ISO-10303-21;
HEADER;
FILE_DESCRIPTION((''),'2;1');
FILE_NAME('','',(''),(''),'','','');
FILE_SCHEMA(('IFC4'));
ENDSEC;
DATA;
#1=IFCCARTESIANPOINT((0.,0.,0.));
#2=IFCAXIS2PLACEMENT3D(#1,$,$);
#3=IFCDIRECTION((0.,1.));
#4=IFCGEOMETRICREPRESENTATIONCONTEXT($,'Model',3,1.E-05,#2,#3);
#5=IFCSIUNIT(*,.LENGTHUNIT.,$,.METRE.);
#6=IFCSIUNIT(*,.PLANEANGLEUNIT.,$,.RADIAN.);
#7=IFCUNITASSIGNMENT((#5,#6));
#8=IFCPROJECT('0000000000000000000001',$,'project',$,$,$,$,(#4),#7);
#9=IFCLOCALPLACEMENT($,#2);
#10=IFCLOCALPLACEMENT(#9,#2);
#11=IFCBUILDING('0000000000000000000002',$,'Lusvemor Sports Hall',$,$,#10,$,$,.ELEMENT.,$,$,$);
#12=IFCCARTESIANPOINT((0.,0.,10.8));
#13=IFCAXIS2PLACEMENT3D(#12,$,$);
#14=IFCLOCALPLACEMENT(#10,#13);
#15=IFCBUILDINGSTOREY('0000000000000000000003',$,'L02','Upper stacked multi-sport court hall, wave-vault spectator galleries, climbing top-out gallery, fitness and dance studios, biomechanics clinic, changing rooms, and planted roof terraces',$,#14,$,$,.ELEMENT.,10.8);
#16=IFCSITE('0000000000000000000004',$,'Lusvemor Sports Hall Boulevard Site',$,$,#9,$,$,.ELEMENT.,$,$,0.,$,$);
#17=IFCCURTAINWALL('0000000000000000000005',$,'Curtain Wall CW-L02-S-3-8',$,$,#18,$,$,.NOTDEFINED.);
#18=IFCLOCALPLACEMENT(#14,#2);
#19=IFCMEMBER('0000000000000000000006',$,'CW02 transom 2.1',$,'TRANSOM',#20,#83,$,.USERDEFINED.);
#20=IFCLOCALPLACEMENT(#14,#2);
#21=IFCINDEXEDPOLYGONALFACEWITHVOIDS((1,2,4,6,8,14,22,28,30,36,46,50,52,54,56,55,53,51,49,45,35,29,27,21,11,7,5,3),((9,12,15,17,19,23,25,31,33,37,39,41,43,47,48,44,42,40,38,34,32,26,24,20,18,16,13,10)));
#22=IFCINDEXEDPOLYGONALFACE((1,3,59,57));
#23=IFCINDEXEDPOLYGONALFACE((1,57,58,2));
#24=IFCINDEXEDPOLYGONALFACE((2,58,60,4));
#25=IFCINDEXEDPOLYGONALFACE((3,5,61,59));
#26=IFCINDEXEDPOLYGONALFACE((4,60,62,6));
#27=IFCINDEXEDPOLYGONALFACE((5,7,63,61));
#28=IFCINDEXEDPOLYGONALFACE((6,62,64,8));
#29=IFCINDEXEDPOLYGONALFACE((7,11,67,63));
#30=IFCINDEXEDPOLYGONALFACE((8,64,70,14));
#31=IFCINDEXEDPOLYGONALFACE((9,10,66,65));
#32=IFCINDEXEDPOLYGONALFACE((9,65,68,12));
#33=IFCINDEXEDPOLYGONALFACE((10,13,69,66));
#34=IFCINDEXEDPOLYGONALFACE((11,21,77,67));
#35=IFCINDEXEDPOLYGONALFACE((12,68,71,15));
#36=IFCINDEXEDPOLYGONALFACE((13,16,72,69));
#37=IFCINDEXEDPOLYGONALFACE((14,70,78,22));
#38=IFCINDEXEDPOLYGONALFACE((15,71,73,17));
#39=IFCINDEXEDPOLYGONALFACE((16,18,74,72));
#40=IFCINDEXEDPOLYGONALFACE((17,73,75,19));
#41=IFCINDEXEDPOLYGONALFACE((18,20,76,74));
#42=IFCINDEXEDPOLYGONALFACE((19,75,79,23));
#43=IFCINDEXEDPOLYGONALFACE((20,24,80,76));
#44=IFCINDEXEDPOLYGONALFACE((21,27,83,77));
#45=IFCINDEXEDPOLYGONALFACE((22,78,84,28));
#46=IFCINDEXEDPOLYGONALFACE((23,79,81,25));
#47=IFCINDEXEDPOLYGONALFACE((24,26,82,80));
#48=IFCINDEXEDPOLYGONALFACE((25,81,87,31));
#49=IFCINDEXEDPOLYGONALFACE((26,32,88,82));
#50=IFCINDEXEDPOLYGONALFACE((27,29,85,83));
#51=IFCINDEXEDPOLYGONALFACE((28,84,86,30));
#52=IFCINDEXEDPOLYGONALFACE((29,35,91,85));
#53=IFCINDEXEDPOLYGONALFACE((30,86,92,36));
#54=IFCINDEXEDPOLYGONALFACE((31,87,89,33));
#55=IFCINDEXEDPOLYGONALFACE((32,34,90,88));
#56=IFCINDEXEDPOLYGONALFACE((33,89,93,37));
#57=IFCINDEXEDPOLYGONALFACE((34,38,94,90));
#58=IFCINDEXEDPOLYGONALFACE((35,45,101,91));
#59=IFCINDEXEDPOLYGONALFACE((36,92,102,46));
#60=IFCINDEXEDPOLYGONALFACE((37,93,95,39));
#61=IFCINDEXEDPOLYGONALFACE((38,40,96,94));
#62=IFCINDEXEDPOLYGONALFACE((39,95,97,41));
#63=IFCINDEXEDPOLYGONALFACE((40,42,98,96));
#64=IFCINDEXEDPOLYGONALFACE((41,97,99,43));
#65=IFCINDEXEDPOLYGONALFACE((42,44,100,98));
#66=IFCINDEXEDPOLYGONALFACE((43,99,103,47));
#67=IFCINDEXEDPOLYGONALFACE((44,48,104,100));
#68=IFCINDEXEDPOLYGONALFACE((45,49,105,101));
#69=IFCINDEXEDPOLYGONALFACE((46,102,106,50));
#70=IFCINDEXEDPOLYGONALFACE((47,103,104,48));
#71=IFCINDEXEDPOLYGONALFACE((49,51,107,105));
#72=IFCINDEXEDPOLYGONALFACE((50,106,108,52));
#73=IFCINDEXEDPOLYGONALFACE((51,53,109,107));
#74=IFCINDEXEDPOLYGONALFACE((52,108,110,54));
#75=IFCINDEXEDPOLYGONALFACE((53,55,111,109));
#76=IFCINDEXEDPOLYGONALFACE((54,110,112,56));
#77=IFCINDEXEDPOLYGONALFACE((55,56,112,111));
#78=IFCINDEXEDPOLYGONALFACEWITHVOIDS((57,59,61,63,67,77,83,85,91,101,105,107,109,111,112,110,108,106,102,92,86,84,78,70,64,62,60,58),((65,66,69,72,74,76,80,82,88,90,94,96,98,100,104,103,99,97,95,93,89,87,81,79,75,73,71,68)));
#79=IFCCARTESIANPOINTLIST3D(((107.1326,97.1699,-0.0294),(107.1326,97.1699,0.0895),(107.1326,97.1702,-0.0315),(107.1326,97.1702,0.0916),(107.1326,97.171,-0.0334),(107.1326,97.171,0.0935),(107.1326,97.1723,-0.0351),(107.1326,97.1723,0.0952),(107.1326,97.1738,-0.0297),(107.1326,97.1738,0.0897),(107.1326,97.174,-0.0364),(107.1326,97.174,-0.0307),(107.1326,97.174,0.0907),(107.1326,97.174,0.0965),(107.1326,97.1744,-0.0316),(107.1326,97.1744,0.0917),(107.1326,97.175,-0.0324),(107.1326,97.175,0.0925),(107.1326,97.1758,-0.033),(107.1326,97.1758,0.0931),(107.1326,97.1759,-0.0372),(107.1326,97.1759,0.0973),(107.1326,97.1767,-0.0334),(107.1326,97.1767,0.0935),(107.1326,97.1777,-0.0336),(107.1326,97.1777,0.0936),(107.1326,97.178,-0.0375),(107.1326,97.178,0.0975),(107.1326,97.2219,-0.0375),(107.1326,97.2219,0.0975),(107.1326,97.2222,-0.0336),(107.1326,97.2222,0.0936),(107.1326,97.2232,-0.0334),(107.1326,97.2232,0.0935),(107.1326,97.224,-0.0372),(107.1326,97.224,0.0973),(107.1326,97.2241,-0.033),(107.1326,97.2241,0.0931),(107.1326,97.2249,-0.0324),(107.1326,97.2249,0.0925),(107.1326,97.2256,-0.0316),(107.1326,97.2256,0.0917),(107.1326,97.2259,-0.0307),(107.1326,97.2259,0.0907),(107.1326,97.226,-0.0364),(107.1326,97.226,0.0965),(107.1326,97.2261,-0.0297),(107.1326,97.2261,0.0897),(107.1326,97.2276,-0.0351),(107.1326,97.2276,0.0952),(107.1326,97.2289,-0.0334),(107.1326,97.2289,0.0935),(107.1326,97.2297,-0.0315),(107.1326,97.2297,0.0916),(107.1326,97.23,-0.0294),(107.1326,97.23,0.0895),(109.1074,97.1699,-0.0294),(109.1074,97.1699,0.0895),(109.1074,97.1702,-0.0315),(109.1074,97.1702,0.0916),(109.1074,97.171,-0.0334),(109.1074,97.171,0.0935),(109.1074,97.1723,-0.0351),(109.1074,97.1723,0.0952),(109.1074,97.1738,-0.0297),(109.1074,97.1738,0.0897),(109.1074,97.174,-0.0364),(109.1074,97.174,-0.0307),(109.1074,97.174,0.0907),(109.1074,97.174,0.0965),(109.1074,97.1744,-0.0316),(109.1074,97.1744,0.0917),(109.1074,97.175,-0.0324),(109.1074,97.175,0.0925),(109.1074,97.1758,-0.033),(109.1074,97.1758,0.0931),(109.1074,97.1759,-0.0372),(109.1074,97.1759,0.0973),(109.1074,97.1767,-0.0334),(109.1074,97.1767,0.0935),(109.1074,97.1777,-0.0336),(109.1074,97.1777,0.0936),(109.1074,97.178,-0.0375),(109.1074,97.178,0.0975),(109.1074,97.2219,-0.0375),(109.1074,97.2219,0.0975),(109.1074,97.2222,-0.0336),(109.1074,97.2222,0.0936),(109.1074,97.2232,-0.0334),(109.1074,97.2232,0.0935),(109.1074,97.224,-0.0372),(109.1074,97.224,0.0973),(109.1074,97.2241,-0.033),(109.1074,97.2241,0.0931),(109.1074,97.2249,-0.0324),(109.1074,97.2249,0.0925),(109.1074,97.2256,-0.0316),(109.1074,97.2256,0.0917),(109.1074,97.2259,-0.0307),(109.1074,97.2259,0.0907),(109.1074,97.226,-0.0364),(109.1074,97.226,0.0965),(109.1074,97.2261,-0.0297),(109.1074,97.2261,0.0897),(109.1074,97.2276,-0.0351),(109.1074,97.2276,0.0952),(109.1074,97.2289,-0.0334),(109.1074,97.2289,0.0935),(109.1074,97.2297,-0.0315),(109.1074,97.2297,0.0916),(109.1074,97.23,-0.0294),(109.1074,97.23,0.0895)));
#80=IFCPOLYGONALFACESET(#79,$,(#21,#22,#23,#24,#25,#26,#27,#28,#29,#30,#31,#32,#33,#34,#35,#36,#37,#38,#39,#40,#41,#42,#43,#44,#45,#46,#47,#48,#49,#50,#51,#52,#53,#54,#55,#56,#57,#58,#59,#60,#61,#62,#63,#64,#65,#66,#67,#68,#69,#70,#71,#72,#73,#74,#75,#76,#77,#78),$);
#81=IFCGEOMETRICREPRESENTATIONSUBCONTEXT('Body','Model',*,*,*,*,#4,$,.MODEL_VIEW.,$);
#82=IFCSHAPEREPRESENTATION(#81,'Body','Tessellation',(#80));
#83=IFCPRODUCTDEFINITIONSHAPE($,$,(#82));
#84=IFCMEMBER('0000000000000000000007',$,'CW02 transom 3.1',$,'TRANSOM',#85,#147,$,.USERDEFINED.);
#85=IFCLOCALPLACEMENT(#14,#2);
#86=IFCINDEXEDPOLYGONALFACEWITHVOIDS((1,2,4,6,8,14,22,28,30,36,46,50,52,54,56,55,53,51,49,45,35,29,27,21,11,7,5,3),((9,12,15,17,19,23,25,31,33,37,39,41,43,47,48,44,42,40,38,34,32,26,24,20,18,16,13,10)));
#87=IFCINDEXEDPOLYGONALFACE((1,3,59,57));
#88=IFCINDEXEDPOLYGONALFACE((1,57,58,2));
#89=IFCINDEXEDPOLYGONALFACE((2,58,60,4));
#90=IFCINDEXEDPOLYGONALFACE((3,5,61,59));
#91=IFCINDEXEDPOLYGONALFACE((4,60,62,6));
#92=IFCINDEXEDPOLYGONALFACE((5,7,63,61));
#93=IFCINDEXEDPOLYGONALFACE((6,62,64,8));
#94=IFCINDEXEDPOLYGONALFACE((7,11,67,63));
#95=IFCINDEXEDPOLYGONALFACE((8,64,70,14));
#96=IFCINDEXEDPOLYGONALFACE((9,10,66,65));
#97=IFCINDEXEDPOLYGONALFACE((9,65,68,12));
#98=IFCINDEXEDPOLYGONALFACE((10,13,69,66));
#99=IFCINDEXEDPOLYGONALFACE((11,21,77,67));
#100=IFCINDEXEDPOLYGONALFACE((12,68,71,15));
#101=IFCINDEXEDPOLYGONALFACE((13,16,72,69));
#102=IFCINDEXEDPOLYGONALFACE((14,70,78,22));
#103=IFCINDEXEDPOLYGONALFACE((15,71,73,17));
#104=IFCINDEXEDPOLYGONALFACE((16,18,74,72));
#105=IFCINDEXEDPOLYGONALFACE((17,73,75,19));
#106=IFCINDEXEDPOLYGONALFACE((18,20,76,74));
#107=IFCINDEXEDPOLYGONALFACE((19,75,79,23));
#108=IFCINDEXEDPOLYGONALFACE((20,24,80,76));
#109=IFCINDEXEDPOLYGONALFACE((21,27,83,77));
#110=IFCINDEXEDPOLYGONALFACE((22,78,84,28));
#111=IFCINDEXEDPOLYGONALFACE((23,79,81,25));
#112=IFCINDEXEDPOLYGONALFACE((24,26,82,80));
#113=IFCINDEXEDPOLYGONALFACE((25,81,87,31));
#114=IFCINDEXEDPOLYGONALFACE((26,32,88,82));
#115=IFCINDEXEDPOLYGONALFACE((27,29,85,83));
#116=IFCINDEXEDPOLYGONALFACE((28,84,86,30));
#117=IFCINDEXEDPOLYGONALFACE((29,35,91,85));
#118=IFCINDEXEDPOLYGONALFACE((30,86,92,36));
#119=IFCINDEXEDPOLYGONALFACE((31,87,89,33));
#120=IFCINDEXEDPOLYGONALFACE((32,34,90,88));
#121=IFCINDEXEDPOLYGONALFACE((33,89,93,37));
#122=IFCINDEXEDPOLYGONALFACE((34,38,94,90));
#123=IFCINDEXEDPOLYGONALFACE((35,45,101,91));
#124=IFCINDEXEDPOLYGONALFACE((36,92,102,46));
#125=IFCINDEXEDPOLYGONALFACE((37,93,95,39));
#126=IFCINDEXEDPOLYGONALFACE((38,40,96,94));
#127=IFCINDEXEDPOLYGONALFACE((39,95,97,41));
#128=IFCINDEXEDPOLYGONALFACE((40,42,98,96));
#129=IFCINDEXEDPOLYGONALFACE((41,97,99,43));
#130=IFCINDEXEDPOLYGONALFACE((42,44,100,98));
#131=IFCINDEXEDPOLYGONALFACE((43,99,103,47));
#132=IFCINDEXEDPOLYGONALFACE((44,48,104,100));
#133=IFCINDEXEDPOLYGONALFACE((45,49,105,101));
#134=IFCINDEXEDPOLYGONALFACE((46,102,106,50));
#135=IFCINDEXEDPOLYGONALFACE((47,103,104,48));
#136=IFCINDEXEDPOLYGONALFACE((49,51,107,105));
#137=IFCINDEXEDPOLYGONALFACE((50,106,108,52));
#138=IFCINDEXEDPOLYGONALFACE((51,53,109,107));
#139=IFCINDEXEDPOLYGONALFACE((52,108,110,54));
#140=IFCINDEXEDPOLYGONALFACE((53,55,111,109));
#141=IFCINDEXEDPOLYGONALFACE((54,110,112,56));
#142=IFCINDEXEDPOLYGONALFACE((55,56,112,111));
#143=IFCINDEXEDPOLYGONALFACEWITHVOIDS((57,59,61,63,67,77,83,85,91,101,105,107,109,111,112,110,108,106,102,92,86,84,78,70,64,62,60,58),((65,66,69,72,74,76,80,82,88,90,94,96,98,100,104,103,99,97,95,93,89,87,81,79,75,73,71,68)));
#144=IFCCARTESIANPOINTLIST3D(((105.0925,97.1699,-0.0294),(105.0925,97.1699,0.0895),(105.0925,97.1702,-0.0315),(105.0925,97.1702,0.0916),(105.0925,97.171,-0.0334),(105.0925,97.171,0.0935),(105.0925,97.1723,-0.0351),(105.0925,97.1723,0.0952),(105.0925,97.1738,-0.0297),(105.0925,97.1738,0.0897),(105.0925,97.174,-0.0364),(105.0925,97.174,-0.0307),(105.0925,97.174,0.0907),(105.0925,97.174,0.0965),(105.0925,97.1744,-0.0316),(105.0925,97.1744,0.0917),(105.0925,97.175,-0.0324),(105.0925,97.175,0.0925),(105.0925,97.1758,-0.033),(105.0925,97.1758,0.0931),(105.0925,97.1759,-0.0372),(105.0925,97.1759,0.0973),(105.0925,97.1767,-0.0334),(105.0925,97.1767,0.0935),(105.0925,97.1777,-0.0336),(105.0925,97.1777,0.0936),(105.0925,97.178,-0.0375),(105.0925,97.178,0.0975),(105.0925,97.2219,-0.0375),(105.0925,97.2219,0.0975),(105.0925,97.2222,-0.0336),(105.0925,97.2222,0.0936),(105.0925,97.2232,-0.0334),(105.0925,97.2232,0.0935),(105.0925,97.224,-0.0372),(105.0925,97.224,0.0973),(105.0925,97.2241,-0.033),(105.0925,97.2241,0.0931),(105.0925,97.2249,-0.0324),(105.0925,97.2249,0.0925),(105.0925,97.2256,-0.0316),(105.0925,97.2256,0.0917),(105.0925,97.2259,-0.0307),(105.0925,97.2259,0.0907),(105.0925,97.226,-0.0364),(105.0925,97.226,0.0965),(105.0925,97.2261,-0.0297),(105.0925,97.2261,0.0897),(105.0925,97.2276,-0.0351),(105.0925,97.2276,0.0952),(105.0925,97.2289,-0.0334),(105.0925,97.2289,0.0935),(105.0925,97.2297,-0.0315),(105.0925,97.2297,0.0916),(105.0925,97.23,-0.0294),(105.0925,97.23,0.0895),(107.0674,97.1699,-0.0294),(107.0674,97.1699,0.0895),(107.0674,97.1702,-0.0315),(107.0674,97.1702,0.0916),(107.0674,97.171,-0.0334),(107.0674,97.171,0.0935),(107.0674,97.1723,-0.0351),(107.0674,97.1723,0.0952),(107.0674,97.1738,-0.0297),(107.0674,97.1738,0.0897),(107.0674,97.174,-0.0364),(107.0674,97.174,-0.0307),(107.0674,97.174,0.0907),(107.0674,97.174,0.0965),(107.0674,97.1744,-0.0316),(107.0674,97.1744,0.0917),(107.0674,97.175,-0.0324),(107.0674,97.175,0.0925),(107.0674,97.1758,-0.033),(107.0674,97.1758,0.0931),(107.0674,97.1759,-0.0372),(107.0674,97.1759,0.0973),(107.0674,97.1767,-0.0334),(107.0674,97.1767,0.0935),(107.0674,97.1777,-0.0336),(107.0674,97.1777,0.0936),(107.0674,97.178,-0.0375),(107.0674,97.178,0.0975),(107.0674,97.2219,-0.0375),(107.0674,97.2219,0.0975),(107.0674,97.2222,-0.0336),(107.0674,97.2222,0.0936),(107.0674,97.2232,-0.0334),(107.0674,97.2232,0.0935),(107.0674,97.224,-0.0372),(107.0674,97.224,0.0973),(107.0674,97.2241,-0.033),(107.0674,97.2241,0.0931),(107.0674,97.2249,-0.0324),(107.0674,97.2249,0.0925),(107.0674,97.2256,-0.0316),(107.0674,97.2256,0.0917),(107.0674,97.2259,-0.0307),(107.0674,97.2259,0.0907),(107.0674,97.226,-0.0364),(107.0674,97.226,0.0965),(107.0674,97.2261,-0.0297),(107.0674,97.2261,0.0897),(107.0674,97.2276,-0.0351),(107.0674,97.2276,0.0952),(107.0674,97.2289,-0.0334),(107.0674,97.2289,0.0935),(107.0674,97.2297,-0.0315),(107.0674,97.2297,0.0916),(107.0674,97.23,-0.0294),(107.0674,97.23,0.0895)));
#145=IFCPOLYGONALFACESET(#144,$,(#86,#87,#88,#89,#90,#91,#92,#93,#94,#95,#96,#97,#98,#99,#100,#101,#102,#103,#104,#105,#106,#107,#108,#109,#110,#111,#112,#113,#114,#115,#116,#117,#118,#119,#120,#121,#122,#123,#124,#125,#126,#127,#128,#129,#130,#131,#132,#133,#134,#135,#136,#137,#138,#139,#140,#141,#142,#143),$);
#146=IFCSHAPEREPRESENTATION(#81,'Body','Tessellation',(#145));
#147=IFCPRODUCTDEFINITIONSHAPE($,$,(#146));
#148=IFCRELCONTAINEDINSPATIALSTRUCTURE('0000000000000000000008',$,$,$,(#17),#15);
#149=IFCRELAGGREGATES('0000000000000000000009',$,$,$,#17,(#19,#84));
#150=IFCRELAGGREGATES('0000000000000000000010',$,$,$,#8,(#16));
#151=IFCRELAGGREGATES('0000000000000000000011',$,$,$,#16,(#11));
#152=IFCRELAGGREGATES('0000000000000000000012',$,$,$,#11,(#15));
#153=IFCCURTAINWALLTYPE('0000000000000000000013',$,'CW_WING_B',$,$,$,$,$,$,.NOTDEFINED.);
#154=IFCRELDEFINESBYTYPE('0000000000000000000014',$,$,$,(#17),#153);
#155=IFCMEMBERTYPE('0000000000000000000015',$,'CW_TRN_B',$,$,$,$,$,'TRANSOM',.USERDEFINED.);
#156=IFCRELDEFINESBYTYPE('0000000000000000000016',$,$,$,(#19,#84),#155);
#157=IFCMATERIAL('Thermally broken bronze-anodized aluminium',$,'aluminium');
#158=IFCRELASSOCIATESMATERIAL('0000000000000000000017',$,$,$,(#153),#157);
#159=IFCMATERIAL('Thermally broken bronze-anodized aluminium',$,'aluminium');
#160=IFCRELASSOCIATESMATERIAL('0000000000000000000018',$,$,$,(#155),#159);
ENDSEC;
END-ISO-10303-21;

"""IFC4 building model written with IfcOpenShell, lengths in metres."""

from ifc_helpers import new_model, si_unit, direction, frame, origin, origin_2d, place, context, subcontext, project, spatial, hollow_rectangle, extrude, material, material_profile, profile_set, type_object, element, aggregate, save


model = new_model("IFC4")

# Units and contexts
model_context = context("Model", 3, precision=1e-05, world=origin(), true_north=direction((0.0, 1.0)))
body_context = subcontext(model_context, "Body", "Model", "MODEL_VIEW")
ifc_project = project(units=[si_unit("LENGTHUNIT", "METRE"), si_unit("PLANEANGLEUNIT", "RADIAN")], contexts=[model_context])

# Site, building, storey
site_placement = place(None, origin())
site = spatial("IfcSite", under=ifc_project, at=site_placement, Name="Lusvemor Sports Hall Boulevard Site", CompositionType="ELEMENT", RefElevation=0.0)
building_placement = place(site_placement, origin())
building = spatial("IfcBuilding", under=site, at=building_placement, Name="Lusvemor Sports Hall", CompositionType="ELEMENT")
storey_placement = place(building_placement, frame((0.0, 0.0, 10.8)))
storey = spatial("IfcBuildingStorey", under=building, at=storey_placement, Name="L02", Description="Upper stacked multi-sport court hall, wave-vault spectator galleries, climbing top-out gallery, fitness and dance studios, biomechanics clinic, changing rooms, and planted roof terraces", CompositionType="ELEMENT", Elevation=10.8)

# Curtain wall
ifc_material_1 = material(Name="Thermally broken bronze-anodized aluminium", Category="aluminium")
curtain_wall_type = type_object("IfcCurtainWallType", Name="CW_WING_B", PredefinedType="NOTDEFINED", material=ifc_material_1)
curtain_wall_1_placement = place(storey_placement, origin())
curtain_wall_1 = element("IfcCurtainWall", 1, at=curtain_wall_1_placement, inside=storey, type_object=curtain_wall_type, Name="Curtain Wall CW-L02-S-3-8", PredefinedType="NOTDEFINED")

# Members
ifc_material_2 = material(Name="Thermally broken bronze-anodized aluminium", Category="aluminium")
ifc_material_profile_1 = material_profile(ifc_material_2, hollow_rectangle(XDim=0.0601, YDim=0.135, WallThickness=0.0039, InnerFilletRadius=0.0039, OuterFilletRadius=0.0081, at=origin_2d()), Name="CWTRN135x60x4")
ifc_profile_set_1 = profile_set([ifc_material_profile_1], Name="Thermally broken bronze-anodized aluminium")
member_type_1 = type_object("IfcMemberType", Name="CW_TRN_B", ElementType="TRANSOM", PredefinedType="USERDEFINED", material=ifc_profile_set_1)
member_1_placement = place(storey_placement, frame((109.1074, 97.2, 0.03), z_axis=(-1.0, 0.0, 0.0), x_axis=(0.0, -1.0, 0.0)))
member_1 = element("IfcMember", 2, at=member_1_placement, type_object=member_type_1, Name="CW02 transom 2.1", ObjectType="TRANSOM", PredefinedType="USERDEFINED", context=body_context, shape_type="SweptSolid", body=[
    extrude(hollow_rectangle(XDim=0.0601, YDim=0.135, WallThickness=0.0039, InnerFilletRadius=0.0039, OuterFilletRadius=0.0081, at=origin_2d()), origin(), (0.0, 0.0, 1.0), 1.9749),
])
member_2_placement = place(storey_placement, frame((107.0674, 97.2, 0.03), z_axis=(-1.0, 0.0, 0.0), x_axis=(0.0, -1.0, 0.0)))
member_2 = element("IfcMember", 3, at=member_2_placement, type_object=member_type_1, Name="CW02 transom 3.1", ObjectType="TRANSOM", PredefinedType="USERDEFINED", context=body_context, shape_type="SweptSolid", body=[
    extrude(hollow_rectangle(XDim=0.0601, YDim=0.135, WallThickness=0.0039, InnerFilletRadius=0.0039, OuterFilletRadius=0.0081, at=origin_2d()), origin(), (0.0, 0.0, 1.0), 1.9749),
])

aggregate(curtain_wall_1, [member_1, member_2])

save(model, "model.ifc")
